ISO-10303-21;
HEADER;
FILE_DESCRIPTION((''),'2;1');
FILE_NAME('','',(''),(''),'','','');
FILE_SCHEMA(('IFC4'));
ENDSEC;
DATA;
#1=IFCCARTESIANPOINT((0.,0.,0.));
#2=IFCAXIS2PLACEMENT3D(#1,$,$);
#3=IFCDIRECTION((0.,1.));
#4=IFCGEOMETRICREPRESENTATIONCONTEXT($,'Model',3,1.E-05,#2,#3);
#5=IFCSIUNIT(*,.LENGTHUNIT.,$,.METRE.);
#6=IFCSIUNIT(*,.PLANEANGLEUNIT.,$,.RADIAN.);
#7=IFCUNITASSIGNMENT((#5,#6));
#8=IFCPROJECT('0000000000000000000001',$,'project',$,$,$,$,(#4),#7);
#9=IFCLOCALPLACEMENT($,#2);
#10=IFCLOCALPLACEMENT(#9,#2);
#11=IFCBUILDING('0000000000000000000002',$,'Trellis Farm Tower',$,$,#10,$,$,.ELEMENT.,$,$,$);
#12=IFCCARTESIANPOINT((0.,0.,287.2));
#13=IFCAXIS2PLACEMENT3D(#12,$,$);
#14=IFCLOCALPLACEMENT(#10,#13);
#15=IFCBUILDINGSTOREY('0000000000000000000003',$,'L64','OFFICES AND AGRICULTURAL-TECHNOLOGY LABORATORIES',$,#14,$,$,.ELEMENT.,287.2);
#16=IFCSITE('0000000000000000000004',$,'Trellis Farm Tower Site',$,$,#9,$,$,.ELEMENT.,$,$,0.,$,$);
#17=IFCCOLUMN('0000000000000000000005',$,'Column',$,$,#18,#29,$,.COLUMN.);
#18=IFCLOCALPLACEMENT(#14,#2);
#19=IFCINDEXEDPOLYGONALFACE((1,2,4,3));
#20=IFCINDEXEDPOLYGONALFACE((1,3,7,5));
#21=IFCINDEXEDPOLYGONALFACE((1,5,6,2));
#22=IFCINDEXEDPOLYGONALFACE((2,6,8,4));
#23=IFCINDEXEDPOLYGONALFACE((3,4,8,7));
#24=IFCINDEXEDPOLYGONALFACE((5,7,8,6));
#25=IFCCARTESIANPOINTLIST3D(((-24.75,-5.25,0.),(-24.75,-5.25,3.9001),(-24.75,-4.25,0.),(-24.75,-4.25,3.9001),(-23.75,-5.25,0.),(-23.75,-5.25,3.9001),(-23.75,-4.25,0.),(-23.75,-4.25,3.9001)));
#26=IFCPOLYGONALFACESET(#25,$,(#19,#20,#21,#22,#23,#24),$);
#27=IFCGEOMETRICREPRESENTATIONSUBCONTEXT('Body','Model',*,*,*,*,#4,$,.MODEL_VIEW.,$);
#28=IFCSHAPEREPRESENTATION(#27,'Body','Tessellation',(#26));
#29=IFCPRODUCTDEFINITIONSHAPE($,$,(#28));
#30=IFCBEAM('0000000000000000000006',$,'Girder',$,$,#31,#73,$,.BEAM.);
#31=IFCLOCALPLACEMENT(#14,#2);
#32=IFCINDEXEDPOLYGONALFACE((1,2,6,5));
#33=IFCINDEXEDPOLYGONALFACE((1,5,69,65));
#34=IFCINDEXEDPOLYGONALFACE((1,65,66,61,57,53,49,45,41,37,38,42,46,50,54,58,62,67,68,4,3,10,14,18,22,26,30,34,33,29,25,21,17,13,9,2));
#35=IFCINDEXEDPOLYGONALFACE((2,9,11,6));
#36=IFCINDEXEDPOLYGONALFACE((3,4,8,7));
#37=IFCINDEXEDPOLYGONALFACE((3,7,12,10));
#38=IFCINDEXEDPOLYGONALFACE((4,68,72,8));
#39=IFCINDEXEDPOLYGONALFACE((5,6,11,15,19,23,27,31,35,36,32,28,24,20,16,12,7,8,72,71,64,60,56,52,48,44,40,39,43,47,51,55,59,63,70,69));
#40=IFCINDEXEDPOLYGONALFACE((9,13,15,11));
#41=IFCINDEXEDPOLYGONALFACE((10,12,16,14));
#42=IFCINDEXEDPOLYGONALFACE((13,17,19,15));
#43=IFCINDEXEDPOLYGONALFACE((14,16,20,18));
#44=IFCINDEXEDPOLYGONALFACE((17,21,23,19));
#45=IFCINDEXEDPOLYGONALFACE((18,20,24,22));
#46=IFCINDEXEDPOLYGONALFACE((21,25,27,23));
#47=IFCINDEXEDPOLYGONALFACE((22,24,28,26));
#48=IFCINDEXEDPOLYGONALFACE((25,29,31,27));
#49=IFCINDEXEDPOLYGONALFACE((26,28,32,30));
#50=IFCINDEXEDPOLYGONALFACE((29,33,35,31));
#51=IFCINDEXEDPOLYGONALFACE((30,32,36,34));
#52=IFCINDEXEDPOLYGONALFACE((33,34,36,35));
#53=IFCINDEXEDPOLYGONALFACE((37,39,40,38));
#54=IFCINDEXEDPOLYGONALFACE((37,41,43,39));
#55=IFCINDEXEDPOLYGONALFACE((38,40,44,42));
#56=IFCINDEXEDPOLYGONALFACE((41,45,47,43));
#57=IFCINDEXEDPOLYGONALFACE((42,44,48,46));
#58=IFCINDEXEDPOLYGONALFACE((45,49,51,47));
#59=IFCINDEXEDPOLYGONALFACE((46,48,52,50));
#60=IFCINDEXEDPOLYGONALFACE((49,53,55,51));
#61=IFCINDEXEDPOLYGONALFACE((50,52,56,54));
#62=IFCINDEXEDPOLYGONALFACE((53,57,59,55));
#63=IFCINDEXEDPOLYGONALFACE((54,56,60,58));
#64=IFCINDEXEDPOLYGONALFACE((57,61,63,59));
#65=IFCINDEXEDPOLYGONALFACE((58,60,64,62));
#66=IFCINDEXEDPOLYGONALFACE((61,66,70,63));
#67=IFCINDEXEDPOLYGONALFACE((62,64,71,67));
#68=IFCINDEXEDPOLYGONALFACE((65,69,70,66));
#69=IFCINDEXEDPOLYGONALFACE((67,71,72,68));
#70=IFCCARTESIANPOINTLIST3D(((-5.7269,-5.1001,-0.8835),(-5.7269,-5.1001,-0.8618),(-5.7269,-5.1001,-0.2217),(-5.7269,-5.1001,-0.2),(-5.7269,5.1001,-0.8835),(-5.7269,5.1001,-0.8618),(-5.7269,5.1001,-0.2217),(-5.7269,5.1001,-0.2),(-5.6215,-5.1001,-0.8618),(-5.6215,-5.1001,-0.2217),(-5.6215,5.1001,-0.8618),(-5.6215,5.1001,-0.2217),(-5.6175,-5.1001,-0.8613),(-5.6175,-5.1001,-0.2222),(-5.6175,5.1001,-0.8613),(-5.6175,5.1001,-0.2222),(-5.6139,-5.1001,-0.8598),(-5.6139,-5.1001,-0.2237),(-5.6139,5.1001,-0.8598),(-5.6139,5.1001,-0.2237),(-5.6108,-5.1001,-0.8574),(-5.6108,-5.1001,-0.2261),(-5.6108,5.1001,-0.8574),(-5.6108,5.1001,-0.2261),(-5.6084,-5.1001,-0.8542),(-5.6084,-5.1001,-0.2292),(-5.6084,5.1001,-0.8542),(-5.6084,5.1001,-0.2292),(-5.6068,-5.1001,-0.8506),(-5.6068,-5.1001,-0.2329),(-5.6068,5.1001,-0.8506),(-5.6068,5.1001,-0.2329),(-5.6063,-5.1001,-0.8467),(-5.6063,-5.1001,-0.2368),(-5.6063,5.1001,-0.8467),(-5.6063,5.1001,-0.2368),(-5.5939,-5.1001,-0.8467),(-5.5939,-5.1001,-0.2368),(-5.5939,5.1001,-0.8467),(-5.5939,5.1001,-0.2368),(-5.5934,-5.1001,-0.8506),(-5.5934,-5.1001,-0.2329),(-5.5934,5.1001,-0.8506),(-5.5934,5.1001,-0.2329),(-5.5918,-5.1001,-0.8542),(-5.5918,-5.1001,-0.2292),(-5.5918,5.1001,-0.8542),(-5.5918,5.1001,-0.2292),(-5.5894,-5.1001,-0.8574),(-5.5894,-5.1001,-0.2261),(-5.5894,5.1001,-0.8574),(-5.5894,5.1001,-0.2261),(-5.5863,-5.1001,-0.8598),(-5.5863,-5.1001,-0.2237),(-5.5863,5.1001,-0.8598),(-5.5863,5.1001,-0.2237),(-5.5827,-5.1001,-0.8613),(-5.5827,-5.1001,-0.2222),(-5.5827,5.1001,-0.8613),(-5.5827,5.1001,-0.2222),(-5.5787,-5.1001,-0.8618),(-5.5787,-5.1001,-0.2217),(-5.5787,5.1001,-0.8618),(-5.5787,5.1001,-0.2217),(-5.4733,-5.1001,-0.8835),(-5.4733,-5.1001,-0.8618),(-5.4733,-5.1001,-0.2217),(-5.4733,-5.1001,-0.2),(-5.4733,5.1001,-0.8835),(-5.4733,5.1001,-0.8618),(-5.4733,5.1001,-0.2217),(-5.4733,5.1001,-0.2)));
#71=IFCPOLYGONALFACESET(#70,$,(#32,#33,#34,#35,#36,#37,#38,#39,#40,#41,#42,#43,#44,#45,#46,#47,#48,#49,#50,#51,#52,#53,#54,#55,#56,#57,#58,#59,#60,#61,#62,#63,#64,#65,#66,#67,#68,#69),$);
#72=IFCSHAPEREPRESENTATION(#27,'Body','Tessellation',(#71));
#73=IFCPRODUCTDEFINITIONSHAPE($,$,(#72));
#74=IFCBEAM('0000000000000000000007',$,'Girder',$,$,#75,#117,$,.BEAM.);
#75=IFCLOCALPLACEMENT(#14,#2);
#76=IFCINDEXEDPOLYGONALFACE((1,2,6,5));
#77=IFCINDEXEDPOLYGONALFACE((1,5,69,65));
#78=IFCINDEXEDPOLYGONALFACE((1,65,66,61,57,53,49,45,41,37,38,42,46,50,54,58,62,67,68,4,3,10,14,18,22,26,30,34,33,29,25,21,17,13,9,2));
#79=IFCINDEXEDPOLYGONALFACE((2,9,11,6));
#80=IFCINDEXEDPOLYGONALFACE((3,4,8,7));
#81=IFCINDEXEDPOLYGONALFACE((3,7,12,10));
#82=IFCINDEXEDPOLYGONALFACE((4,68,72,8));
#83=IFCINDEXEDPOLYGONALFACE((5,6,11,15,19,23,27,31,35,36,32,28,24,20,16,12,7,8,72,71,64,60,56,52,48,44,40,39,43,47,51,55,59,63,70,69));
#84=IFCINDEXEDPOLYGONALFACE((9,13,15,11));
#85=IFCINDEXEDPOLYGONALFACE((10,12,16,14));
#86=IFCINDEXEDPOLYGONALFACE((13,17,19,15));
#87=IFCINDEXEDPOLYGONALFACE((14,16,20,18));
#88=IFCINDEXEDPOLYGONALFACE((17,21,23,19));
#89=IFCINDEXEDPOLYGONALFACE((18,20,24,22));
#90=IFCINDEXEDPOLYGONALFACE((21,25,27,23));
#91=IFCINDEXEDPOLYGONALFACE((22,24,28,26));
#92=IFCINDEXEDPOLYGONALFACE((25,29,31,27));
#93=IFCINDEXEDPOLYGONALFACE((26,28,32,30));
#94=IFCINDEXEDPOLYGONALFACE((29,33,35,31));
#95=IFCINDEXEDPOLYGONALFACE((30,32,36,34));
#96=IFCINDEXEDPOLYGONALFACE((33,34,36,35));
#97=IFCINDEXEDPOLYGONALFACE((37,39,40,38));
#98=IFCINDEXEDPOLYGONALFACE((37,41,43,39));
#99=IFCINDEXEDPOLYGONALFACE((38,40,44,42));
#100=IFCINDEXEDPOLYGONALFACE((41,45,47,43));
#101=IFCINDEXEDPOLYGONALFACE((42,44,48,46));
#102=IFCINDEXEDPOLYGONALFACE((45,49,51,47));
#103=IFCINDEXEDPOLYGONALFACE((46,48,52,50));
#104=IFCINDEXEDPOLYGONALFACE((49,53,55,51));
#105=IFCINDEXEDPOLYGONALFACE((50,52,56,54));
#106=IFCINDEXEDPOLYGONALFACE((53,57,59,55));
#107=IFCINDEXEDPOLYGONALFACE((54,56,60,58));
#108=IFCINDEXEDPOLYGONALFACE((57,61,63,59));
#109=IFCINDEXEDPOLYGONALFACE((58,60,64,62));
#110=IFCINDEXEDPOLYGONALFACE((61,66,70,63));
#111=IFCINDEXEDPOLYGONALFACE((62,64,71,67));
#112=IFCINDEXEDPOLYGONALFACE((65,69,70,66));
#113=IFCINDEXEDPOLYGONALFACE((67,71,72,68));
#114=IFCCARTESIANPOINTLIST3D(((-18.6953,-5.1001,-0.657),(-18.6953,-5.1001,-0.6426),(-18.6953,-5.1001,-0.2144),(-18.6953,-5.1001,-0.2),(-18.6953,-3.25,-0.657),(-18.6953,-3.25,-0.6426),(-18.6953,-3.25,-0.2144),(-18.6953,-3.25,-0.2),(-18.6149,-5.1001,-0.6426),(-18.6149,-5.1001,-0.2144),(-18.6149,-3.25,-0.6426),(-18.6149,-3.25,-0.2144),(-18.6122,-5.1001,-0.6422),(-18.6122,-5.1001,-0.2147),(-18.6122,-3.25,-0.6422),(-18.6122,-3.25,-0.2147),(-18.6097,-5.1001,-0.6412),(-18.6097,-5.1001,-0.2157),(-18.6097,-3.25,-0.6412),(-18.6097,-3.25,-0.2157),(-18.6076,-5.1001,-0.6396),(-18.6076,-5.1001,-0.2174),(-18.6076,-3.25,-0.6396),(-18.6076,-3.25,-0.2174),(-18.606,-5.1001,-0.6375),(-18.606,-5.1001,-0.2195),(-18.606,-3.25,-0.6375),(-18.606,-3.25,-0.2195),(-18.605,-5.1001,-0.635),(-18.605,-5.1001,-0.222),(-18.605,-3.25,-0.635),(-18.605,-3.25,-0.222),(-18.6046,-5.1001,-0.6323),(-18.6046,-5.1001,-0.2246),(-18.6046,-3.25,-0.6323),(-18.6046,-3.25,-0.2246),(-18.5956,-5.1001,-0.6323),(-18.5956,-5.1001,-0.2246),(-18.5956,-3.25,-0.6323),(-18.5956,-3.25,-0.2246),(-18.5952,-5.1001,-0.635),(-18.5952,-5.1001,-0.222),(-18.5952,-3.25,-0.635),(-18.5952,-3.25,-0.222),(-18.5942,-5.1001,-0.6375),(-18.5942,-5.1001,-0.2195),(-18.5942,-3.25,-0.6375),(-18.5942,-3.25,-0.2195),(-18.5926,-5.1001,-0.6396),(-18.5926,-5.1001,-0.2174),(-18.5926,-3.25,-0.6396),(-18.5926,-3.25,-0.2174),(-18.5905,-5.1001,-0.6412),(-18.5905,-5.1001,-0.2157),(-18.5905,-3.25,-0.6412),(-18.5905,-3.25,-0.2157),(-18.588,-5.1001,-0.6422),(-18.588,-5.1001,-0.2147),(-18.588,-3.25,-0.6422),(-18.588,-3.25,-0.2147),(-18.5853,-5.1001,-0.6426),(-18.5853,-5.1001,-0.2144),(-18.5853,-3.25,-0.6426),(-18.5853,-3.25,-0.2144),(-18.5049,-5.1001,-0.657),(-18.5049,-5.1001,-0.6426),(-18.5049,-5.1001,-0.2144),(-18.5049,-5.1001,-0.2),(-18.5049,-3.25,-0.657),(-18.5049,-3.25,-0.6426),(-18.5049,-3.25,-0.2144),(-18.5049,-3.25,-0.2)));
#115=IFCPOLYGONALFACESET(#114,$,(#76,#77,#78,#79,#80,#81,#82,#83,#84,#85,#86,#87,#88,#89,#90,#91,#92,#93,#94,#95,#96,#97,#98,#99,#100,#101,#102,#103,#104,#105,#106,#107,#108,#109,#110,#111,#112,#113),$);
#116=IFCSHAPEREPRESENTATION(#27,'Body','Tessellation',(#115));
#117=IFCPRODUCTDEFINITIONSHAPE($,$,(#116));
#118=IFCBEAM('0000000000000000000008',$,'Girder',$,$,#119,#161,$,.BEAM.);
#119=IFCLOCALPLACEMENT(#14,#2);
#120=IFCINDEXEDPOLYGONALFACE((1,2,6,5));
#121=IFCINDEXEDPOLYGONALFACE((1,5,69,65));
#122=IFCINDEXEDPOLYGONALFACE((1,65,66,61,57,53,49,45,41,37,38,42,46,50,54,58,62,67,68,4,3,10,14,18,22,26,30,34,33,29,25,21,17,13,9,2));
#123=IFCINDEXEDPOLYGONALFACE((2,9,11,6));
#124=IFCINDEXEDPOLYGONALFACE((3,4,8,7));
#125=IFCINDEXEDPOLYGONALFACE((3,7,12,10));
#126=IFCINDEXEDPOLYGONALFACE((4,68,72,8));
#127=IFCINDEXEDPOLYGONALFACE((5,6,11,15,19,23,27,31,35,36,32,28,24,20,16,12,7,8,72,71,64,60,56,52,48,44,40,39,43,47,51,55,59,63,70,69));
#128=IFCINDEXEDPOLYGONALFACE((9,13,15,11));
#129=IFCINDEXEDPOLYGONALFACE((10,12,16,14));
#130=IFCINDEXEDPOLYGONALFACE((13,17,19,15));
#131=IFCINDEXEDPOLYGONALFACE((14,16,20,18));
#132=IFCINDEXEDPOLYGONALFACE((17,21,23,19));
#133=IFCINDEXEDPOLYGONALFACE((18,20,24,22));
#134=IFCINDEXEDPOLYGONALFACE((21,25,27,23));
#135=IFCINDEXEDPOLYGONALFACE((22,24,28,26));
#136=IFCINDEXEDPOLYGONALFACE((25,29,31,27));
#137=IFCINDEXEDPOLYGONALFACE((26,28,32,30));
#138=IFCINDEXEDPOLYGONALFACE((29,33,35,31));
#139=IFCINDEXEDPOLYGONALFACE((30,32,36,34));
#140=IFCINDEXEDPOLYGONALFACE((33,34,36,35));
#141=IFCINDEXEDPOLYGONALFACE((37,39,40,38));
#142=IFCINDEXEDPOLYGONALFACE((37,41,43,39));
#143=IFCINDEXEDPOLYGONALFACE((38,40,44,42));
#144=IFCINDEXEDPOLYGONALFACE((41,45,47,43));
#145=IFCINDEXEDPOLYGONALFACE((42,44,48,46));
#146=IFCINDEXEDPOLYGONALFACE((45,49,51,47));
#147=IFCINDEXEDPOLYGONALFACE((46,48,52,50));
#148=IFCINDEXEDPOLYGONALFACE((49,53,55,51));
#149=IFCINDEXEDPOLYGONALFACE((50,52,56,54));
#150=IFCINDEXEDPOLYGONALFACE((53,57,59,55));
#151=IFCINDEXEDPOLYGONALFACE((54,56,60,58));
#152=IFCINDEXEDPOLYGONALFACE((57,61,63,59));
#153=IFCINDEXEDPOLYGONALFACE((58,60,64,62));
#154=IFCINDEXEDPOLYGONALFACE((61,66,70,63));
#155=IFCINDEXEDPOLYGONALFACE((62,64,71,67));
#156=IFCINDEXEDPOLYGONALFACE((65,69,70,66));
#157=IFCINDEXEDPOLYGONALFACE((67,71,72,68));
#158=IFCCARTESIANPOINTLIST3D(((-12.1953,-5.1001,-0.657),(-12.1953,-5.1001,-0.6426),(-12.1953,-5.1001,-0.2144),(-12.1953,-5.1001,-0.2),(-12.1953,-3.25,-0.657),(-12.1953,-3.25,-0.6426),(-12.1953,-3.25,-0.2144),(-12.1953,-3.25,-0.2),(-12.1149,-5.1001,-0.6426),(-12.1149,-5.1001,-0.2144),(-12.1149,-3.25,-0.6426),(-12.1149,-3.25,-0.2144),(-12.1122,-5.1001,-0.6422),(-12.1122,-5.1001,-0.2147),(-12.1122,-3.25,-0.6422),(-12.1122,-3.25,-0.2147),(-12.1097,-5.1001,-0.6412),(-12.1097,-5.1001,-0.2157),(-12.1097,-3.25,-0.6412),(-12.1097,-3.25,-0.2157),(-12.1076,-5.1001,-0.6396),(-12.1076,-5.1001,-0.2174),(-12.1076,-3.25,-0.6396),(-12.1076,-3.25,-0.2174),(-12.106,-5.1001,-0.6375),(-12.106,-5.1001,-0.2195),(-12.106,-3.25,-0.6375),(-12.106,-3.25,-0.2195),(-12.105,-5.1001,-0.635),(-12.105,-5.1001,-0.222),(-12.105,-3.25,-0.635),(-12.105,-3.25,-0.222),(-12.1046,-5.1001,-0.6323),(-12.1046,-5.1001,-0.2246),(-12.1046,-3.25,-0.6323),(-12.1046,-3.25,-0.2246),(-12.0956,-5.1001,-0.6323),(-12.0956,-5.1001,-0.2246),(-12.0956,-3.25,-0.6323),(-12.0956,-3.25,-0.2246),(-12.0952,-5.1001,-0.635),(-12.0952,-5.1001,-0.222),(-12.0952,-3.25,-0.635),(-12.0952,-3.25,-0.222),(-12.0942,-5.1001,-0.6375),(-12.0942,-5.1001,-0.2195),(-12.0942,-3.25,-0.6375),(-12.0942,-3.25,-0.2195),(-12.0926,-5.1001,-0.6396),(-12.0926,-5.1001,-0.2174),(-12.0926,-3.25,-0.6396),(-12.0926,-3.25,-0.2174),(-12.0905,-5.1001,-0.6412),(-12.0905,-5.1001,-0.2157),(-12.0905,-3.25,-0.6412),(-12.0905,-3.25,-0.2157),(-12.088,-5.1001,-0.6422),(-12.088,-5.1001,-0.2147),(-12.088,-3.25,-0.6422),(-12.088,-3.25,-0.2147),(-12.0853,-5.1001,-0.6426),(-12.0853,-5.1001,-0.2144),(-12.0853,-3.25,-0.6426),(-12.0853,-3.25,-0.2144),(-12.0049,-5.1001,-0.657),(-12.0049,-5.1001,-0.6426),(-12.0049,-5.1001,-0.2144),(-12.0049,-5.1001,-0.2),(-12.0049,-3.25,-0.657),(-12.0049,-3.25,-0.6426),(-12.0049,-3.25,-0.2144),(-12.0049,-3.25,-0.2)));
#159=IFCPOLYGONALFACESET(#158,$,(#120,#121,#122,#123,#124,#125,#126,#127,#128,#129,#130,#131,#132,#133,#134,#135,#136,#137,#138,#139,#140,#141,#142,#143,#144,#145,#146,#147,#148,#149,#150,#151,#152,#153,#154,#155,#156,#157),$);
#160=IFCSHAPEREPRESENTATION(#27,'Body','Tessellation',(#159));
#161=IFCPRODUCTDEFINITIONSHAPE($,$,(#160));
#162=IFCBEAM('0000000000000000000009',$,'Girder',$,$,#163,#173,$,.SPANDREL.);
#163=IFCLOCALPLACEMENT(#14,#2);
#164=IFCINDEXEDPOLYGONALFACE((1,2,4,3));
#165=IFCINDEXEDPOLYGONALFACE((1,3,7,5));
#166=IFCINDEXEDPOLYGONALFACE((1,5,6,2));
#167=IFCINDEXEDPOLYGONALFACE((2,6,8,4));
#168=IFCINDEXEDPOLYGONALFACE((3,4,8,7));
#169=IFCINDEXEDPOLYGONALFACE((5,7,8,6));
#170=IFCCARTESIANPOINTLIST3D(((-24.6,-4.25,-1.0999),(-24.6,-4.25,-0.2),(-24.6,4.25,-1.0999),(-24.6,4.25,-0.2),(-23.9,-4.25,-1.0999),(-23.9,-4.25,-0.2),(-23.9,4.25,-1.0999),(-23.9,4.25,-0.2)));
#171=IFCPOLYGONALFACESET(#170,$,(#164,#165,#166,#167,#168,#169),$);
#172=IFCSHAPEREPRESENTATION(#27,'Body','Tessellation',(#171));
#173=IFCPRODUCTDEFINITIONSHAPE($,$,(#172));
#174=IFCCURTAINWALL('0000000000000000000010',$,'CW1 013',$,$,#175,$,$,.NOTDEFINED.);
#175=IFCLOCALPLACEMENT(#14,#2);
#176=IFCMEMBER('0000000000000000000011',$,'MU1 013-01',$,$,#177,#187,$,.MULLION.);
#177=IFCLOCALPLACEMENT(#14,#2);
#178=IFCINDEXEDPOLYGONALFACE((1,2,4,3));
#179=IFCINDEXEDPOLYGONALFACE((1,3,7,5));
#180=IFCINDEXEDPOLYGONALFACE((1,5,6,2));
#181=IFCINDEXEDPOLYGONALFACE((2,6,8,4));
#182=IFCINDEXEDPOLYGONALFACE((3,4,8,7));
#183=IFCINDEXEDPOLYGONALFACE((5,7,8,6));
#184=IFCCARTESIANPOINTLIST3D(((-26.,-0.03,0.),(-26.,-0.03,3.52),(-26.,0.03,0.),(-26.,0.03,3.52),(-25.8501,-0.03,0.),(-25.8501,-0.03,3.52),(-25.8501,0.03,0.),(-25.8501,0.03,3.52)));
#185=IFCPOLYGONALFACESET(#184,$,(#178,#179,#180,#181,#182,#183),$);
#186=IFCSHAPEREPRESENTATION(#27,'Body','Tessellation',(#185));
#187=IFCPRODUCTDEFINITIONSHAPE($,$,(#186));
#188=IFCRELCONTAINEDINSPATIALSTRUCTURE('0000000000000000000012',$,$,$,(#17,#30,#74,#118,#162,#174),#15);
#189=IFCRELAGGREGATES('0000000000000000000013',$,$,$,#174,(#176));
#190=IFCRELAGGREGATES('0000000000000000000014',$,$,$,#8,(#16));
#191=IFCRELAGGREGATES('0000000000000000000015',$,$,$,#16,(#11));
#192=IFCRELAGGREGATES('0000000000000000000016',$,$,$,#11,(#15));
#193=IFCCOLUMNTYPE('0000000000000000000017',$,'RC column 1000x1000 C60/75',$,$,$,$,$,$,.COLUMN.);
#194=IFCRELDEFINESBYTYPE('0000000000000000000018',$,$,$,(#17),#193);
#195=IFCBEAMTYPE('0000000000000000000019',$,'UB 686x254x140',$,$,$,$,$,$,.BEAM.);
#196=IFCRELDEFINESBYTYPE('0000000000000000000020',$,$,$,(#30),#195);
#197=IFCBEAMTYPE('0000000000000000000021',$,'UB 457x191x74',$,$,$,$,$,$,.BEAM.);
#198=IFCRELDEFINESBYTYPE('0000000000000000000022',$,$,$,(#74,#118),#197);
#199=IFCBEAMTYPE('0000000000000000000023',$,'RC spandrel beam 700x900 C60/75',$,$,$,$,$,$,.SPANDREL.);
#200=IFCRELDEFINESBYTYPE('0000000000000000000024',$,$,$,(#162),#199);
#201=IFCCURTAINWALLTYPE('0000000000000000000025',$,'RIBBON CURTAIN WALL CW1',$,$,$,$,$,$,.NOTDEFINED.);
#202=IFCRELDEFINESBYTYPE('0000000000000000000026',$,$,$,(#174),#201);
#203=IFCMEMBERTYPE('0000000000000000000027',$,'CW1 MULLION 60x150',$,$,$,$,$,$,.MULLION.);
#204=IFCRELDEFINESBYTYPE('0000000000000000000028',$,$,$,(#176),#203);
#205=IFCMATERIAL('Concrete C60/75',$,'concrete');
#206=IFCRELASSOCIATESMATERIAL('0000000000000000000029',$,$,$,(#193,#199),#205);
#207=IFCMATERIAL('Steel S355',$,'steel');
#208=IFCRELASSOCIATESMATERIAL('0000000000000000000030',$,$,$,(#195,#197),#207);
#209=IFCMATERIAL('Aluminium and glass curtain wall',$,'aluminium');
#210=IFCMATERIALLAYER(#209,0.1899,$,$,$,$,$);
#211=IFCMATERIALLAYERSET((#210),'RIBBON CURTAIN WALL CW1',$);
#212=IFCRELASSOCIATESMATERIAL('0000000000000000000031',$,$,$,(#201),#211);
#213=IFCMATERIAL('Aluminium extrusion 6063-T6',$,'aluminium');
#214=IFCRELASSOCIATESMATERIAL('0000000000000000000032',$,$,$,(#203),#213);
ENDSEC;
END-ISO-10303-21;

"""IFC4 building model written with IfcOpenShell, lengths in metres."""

from ifc_helpers import new_model, si_unit, direction, frame, origin, origin_2d, place, context, subcontext, project, spatial, rectangle, i_section, extrude, source, transform, mapped, material, layer, layer_set, material_profile, profile_set, type_object, element, aggregate, save


model = new_model("IFC4")

# Units and contexts
model_context = context("Model", 3, precision=1e-05, world=origin(), true_north=direction((0.0, 1.0)))
body_context = subcontext(model_context, "Body", "Model", "MODEL_VIEW")
ifc_project = project(units=[si_unit("LENGTHUNIT", "METRE"), si_unit("PLANEANGLEUNIT", "RADIAN")], contexts=[model_context])

# Site, building, storey
site_placement = place(None, origin())
site = spatial("IfcSite", under=ifc_project, at=site_placement, Name="Trellis Farm Tower Site", CompositionType="ELEMENT", RefElevation=0.0)
building_placement = place(site_placement, origin())
building = spatial("IfcBuilding", under=site, at=building_placement, Name="Trellis Farm Tower", CompositionType="ELEMENT")
storey_placement = place(building_placement, frame((0.0, 0.0, 287.2)))
storey = spatial("IfcBuildingStorey", under=building, at=storey_placement, Name="L64", Description="OFFICES AND AGRICULTURAL-TECHNOLOGY LABORATORIES", CompositionType="ELEMENT", Elevation=287.2)

# Column
ifc_material_1 = material(Name="Concrete C60/75", Category="concrete")
ifc_material_profile_1 = material_profile(ifc_material_1, rectangle(XDim=1.0, YDim=1.0, at=origin_2d()), Name="RC column 1000x1000 C60/75")
ifc_profile_set_1 = profile_set([ifc_material_profile_1], Name="Concrete C60/75")
column_type = type_object("IfcColumnType", Name="RC column 1000x1000 C60/75", PredefinedType="COLUMN", material=ifc_profile_set_1)
shared_shape_1 = source(origin(), body_context, "Body", "SweptSolid", [
    extrude(rectangle(XDim=1.0, YDim=1.0, at=origin_2d()), origin(), (0.0, 0.0, 1.0), 3.9001),
])
column_placement = place(storey_placement, frame((-24.25, -4.75, 0.0), z_axis=(0.0, 0.0, 1.0), x_axis=(1.0, 0.0, 0.0)))
element("IfcColumn", 1, at=column_placement, inside=storey, type_object=column_type, Name="Column", PredefinedType="COLUMN", context=body_context, shape_type="MappedRepresentation", body=[
    mapped(shared_shape_1, transform((0.0, 0.0, 0.0))),
])

# Beams
ifc_material_2 = material(Name="Steel S355", Category="steel")
ifc_material_profile_2 = material_profile(ifc_material_2, i_section(OverallWidth=0.2537, OverallDepth=0.6836, WebThickness=0.0125, FlangeThickness=0.0217, FilletRadius=0.0151, at=origin_2d()), Name="UB 686x254x140")
ifc_profile_set_2 = profile_set([ifc_material_profile_2], Name="Steel S355")
beam_type_1 = type_object("IfcBeamType", Name="UB 686x254x140", PredefinedType="BEAM", material=ifc_profile_set_2)
shared_shape_2 = source(origin(), body_context, "Body", "SweptSolid", [
    extrude(i_section(OverallWidth=0.2537, OverallDepth=0.6836, WebThickness=0.0125, FlangeThickness=0.0217, FilletRadius=0.0151, at=origin_2d()), origin(), (0.0, 0.0, 1.0), 10.2002),
])
beam_1_placement = place(storey_placement, frame((-5.6001, -5.1001, -0.5417), z_axis=(0.0, 1.0, 0.0), x_axis=(-1.0, 0.0, 0.0)))
element("IfcBeam", 2, at=beam_1_placement, inside=storey, type_object=beam_type_1, Name="Girder", PredefinedType="BEAM", context=body_context, shape_type="MappedRepresentation", body=[
    mapped(shared_shape_2, transform((0.0, 0.0, 0.0))),
])
ifc_material_profile_3 = material_profile(ifc_material_2, i_section(OverallWidth=0.1904, OverallDepth=0.457, WebThickness=0.009, FlangeThickness=0.0144, FilletRadius=0.0103, at=origin_2d()), Name="UB 457x191x74")
ifc_profile_set_3 = profile_set([ifc_material_profile_3], Name="Steel S355")
beam_type_2 = type_object("IfcBeamType", Name="UB 457x191x74", PredefinedType="BEAM", material=ifc_profile_set_3)
shared_shape_3 = source(origin(), body_context, "Body", "SweptSolid", [
    extrude(i_section(OverallWidth=0.1904, OverallDepth=0.457, WebThickness=0.009, FlangeThickness=0.0144, FilletRadius=0.0103, at=origin_2d()), origin(), (0.0, 0.0, 1.0), 1.8501),
])
for number, where, z_axis, x_axis, name in (
    (3, (-18.6001, -5.1001, -0.4285), (0.0, 1.0, 0.0), (-1.0, 0.0, 0.0), "Girder"),
    (4, (-12.1001, -5.1001, -0.4285), (0.0, 1.0, 0.0), (-1.0, 0.0, 0.0), "Girder"),
):
    element("IfcBeam", number, at=place(storey_placement, frame(where, z_axis=z_axis, x_axis=x_axis)), inside=storey, type_object=beam_type_2, Name=name, PredefinedType="BEAM", context=body_context, shape_type="MappedRepresentation", body=[
        mapped(shared_shape_3, transform((0.0, 0.0, 0.0))),
    ])
ifc_material_profile_4 = material_profile(ifc_material_1, rectangle(XDim=0.7, YDim=0.8999, at=origin_2d()), Name="RC spandrel beam 700x900 C60/75")
ifc_profile_set_4 = profile_set([ifc_material_profile_4], Name="Concrete C60/75")
beam_type_3 = type_object("IfcBeamType", Name="RC spandrel beam 700x900 C60/75", PredefinedType="SPANDREL", material=ifc_profile_set_4)
shared_shape_4 = source(origin(), body_context, "Body", "SweptSolid", [
    extrude(rectangle(XDim=0.7, YDim=0.8999, at=origin_2d()), origin(), (0.0, 0.0, 1.0), 8.5),
])
beam_2_placement = place(storey_placement, frame((-24.25, -4.25, -0.6499), z_axis=(0.0, 1.0, 0.0), x_axis=(-1.0, 0.0, 0.0)))
element("IfcBeam", 5, at=beam_2_placement, inside=storey, type_object=beam_type_3, Name="Girder", PredefinedType="SPANDREL", context=body_context, shape_type="MappedRepresentation", body=[
    mapped(shared_shape_4, transform((0.0, 0.0, 0.0))),
])

# Curtain wall, member
ifc_material_3 = material(Name="Aluminium and glass curtain wall", Category="aluminium")
ifc_layer_1 = layer(ifc_material_3, 0.1899)
ifc_layer_set_1 = layer_set([ifc_layer_1], Name="RIBBON CURTAIN WALL CW1")
curtain_wall_type = type_object("IfcCurtainWallType", Name="RIBBON CURTAIN WALL CW1", PredefinedType="NOTDEFINED", material=ifc_layer_set_1)
curtain_wall_placement = place(storey_placement, origin())
curtain_wall = element("IfcCurtainWall", 6, at=curtain_wall_placement, inside=storey, type_object=curtain_wall_type, Name="CW1 013", PredefinedType="NOTDEFINED")
ifc_material_4 = material(Name="Aluminium extrusion 6063-T6", Category="aluminium")
ifc_material_profile_5 = material_profile(ifc_material_4, rectangle(XDim=0.0601, YDim=0.1499, at=origin_2d()), Name="MULLION 60x150")
ifc_profile_set_5 = profile_set([ifc_material_profile_5], Name="Aluminium extrusion 6063-T6")
member_type = type_object("IfcMemberType", Name="CW1 MULLION 60x150", PredefinedType="MULLION", material=ifc_profile_set_5)
shared_shape_5 = source(origin(), body_context, "Body", "SweptSolid", [
    extrude(rectangle(XDim=0.0601, YDim=0.1499, at=origin_2d()), origin(), (0.0, 0.0, 1.0), 3.52),
])
member_placement = place(storey_placement, frame((-25.925, 0.0, 0.0), z_axis=(0.0, 0.0, 1.0), x_axis=(0.0, -1.0, 0.0)))
member = element("IfcMember", 7, at=member_placement, type_object=member_type, Name="MU1 013-01", PredefinedType="MULLION", context=body_context, shape_type="MappedRepresentation", body=[
    mapped(shared_shape_5, transform((0.0, 0.0, 0.0))),
])
aggregate(curtain_wall, [member])

save(model, "model.ifc")
